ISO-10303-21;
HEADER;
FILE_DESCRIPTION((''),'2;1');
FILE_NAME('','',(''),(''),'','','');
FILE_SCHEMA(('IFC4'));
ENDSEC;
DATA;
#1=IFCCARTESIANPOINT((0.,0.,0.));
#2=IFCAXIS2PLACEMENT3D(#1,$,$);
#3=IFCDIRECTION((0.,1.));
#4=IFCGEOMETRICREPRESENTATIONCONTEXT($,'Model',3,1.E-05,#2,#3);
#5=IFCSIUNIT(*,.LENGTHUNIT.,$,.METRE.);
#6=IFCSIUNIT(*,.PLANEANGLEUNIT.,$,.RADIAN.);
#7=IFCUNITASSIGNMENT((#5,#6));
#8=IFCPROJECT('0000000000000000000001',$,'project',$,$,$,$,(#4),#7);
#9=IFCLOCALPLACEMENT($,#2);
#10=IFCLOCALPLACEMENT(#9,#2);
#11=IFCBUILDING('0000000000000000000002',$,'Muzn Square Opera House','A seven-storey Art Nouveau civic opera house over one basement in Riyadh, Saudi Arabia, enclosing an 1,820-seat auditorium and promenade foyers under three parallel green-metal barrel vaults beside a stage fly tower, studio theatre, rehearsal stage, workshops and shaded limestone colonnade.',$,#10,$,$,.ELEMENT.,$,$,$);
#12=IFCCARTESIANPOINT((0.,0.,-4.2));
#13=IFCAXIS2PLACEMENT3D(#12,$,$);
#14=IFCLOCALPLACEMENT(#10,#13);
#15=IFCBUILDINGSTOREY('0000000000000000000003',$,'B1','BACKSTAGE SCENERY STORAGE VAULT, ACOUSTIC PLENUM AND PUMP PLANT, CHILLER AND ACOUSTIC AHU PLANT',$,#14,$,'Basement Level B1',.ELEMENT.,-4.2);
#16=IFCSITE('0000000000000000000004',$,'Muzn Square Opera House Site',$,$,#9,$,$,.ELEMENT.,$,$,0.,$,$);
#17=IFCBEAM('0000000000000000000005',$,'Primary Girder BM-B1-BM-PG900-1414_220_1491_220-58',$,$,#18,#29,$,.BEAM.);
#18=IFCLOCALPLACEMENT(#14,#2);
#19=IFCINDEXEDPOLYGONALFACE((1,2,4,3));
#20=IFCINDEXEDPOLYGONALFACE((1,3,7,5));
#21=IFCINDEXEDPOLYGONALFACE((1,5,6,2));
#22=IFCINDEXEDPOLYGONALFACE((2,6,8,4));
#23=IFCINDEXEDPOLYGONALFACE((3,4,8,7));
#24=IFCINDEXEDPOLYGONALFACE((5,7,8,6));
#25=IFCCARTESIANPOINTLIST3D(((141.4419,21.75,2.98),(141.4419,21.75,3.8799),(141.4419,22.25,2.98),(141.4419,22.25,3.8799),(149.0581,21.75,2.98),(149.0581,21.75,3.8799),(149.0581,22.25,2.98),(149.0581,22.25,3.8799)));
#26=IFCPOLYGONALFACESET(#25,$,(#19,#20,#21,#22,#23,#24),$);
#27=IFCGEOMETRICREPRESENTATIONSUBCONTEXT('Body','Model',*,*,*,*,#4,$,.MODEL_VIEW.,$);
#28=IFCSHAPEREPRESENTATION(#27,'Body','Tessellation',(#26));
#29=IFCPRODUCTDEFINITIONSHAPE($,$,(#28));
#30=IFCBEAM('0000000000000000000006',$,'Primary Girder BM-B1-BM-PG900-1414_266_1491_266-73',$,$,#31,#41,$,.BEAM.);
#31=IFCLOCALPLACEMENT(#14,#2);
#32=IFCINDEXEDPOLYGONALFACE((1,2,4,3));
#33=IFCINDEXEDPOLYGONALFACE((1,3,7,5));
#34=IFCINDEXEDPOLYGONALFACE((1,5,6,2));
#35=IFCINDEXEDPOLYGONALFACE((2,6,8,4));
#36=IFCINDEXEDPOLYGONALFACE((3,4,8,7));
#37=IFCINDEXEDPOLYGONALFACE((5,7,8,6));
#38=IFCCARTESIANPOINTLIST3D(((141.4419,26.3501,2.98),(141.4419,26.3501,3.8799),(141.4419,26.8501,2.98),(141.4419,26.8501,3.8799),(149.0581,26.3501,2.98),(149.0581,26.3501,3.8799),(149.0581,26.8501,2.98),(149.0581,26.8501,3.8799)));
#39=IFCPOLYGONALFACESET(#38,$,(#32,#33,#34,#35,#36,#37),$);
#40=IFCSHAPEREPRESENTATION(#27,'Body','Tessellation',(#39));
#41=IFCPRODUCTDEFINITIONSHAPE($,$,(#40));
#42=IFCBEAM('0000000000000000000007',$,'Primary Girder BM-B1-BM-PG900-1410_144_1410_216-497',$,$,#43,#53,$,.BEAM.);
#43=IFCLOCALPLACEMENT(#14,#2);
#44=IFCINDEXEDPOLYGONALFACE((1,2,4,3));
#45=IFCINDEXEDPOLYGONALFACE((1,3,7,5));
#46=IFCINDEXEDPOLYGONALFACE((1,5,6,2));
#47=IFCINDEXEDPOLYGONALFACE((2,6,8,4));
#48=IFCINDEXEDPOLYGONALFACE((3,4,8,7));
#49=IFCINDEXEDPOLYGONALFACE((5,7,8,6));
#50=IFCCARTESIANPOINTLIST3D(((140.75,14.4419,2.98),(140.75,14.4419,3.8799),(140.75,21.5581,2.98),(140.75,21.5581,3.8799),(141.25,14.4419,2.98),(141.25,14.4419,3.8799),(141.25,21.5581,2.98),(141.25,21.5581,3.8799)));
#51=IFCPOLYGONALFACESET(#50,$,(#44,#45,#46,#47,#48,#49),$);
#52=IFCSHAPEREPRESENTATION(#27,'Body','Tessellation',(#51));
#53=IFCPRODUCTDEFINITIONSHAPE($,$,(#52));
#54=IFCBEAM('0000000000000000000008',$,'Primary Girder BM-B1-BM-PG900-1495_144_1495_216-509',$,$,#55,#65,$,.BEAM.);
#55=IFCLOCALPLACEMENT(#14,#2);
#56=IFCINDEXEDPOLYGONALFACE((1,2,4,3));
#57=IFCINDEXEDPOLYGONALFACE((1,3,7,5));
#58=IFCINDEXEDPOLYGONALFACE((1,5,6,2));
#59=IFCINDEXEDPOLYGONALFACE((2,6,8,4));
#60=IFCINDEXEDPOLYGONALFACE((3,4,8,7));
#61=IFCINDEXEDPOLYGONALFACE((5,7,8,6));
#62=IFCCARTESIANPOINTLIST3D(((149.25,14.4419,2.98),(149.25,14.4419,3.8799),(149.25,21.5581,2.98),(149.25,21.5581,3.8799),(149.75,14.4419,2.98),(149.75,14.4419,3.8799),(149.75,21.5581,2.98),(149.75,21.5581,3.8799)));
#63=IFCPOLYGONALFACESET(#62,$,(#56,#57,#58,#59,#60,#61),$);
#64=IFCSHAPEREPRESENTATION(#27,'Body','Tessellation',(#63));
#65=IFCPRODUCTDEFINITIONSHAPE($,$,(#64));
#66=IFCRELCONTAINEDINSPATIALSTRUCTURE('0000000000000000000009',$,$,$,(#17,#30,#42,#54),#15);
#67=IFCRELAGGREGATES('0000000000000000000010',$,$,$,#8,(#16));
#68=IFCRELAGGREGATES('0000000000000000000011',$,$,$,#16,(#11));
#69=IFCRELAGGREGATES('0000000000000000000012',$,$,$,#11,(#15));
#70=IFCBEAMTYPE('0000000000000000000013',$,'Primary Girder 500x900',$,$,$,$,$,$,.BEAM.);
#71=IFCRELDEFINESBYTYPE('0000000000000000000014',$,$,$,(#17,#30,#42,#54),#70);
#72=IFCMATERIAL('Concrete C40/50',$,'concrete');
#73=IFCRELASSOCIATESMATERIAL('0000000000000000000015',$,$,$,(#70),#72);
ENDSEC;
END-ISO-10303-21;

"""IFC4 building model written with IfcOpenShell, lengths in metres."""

from ifc_helpers import new_model, si_unit, direction, frame, origin, origin_2d, place, context, subcontext, project, spatial, rectangle, extrude, material, material_profile, profile_set, type_object, element, save


model = new_model("IFC4")

# Units and contexts
model_context = context("Model", 3, precision=1e-05, world=origin(), true_north=direction((0.0, 1.0)))
body_context = subcontext(model_context, "Body", "Model", "MODEL_VIEW")
ifc_project = project(units=[si_unit("LENGTHUNIT", "METRE"), si_unit("PLANEANGLEUNIT", "RADIAN")], contexts=[model_context])

# Site, building, storey
site_placement = place(None, origin())
site = spatial("IfcSite", under=ifc_project, at=site_placement, Name="Muzn Square Opera House Site", CompositionType="ELEMENT", RefElevation=0.0)
building_placement = place(site_placement, origin())
building = spatial("IfcBuilding", under=site, at=building_placement, Name="Muzn Square Opera House", Description="A seven-storey Art Nouveau civic opera house over one basement in Riyadh, Saudi Arabia, enclosing an 1,820-seat auditorium and promenade foyers under three parallel green-metal barrel vaults beside a stage fly tower, studio theatre, rehearsal stage, workshops and shaded limestone colonnade.", CompositionType="ELEMENT")
storey_placement = place(building_placement, frame((0.0, 0.0, -4.2)))
storey = spatial("IfcBuildingStorey", under=building, at=storey_placement, Name="B1", Description="BACKSTAGE SCENERY STORAGE VAULT, ACOUSTIC PLENUM AND PUMP PLANT, CHILLER AND ACOUSTIC AHU PLANT", LongName="Basement Level B1", CompositionType="ELEMENT", Elevation=-4.2)

# Shared definitions
ifc_material_1 = material(Name="Concrete C40/50", Category="concrete")

# Beams
ifc_material_profile_1 = material_profile(ifc_material_1, rectangle(XDim=0.5, YDim=0.8999, at=origin_2d()), Name="RCB 500x900", Category="concrete")
ifc_profile_set_1 = profile_set([ifc_material_profile_1], Name="Concrete C40/50")
beam_type_1 = type_object("IfcBeamType", Name="Primary Girder 500x900", PredefinedType="BEAM", material=ifc_profile_set_1)
for number, where, z_axis, x_axis, name in (
    (1, (141.4419, 22.0, 3.4299), (1.0, 0.0, 0.0), (0.0, 1.0, 0.0), "Primary Girder BM-B1-BM-PG900-1414_220_1491_220-58"),
    (2, (141.4419, 26.6001, 3.4299), (1.0, 0.0, 0.0), (0.0, 1.0, 0.0), "Primary Girder BM-B1-BM-PG900-1414_266_1491_266-73"),
):
    element("IfcBeam", number, at=place(storey_placement, frame(where, z_axis=z_axis, x_axis=x_axis)), inside=storey, type_object=beam_type_1, Name=name, PredefinedType="BEAM", context=body_context, shape_type="SweptSolid", body=[
        extrude(rectangle(XDim=0.5, YDim=0.8999, at=origin_2d()), origin(), (0.0, 0.0, 1.0), 7.6162),
    ])
for number, where, z_axis, x_axis, name in (
    (3, (141.0, 14.4419, 3.4299), (0.0, 1.0, 0.0), (-1.0, 0.0, 0.0), "Primary Girder BM-B1-BM-PG900-1410_144_1410_216-497"),
    (4, (149.5, 14.4419, 3.4299), (0.0, 1.0, 0.0), (-1.0, 0.0, 0.0), "Primary Girder BM-B1-BM-PG900-1495_144_1495_216-509"),
):
    element("IfcBeam", number, at=place(storey_placement, frame(where, z_axis=z_axis, x_axis=x_axis)), inside=storey, type_object=beam_type_1, Name=name, PredefinedType="BEAM", context=body_context, shape_type="SweptSolid", body=[
        extrude(rectangle(XDim=0.5, YDim=0.8999, at=origin_2d()), origin(), (0.0, 0.0, 1.0), 7.1162),
    ])

save(model, "model.ifc")
